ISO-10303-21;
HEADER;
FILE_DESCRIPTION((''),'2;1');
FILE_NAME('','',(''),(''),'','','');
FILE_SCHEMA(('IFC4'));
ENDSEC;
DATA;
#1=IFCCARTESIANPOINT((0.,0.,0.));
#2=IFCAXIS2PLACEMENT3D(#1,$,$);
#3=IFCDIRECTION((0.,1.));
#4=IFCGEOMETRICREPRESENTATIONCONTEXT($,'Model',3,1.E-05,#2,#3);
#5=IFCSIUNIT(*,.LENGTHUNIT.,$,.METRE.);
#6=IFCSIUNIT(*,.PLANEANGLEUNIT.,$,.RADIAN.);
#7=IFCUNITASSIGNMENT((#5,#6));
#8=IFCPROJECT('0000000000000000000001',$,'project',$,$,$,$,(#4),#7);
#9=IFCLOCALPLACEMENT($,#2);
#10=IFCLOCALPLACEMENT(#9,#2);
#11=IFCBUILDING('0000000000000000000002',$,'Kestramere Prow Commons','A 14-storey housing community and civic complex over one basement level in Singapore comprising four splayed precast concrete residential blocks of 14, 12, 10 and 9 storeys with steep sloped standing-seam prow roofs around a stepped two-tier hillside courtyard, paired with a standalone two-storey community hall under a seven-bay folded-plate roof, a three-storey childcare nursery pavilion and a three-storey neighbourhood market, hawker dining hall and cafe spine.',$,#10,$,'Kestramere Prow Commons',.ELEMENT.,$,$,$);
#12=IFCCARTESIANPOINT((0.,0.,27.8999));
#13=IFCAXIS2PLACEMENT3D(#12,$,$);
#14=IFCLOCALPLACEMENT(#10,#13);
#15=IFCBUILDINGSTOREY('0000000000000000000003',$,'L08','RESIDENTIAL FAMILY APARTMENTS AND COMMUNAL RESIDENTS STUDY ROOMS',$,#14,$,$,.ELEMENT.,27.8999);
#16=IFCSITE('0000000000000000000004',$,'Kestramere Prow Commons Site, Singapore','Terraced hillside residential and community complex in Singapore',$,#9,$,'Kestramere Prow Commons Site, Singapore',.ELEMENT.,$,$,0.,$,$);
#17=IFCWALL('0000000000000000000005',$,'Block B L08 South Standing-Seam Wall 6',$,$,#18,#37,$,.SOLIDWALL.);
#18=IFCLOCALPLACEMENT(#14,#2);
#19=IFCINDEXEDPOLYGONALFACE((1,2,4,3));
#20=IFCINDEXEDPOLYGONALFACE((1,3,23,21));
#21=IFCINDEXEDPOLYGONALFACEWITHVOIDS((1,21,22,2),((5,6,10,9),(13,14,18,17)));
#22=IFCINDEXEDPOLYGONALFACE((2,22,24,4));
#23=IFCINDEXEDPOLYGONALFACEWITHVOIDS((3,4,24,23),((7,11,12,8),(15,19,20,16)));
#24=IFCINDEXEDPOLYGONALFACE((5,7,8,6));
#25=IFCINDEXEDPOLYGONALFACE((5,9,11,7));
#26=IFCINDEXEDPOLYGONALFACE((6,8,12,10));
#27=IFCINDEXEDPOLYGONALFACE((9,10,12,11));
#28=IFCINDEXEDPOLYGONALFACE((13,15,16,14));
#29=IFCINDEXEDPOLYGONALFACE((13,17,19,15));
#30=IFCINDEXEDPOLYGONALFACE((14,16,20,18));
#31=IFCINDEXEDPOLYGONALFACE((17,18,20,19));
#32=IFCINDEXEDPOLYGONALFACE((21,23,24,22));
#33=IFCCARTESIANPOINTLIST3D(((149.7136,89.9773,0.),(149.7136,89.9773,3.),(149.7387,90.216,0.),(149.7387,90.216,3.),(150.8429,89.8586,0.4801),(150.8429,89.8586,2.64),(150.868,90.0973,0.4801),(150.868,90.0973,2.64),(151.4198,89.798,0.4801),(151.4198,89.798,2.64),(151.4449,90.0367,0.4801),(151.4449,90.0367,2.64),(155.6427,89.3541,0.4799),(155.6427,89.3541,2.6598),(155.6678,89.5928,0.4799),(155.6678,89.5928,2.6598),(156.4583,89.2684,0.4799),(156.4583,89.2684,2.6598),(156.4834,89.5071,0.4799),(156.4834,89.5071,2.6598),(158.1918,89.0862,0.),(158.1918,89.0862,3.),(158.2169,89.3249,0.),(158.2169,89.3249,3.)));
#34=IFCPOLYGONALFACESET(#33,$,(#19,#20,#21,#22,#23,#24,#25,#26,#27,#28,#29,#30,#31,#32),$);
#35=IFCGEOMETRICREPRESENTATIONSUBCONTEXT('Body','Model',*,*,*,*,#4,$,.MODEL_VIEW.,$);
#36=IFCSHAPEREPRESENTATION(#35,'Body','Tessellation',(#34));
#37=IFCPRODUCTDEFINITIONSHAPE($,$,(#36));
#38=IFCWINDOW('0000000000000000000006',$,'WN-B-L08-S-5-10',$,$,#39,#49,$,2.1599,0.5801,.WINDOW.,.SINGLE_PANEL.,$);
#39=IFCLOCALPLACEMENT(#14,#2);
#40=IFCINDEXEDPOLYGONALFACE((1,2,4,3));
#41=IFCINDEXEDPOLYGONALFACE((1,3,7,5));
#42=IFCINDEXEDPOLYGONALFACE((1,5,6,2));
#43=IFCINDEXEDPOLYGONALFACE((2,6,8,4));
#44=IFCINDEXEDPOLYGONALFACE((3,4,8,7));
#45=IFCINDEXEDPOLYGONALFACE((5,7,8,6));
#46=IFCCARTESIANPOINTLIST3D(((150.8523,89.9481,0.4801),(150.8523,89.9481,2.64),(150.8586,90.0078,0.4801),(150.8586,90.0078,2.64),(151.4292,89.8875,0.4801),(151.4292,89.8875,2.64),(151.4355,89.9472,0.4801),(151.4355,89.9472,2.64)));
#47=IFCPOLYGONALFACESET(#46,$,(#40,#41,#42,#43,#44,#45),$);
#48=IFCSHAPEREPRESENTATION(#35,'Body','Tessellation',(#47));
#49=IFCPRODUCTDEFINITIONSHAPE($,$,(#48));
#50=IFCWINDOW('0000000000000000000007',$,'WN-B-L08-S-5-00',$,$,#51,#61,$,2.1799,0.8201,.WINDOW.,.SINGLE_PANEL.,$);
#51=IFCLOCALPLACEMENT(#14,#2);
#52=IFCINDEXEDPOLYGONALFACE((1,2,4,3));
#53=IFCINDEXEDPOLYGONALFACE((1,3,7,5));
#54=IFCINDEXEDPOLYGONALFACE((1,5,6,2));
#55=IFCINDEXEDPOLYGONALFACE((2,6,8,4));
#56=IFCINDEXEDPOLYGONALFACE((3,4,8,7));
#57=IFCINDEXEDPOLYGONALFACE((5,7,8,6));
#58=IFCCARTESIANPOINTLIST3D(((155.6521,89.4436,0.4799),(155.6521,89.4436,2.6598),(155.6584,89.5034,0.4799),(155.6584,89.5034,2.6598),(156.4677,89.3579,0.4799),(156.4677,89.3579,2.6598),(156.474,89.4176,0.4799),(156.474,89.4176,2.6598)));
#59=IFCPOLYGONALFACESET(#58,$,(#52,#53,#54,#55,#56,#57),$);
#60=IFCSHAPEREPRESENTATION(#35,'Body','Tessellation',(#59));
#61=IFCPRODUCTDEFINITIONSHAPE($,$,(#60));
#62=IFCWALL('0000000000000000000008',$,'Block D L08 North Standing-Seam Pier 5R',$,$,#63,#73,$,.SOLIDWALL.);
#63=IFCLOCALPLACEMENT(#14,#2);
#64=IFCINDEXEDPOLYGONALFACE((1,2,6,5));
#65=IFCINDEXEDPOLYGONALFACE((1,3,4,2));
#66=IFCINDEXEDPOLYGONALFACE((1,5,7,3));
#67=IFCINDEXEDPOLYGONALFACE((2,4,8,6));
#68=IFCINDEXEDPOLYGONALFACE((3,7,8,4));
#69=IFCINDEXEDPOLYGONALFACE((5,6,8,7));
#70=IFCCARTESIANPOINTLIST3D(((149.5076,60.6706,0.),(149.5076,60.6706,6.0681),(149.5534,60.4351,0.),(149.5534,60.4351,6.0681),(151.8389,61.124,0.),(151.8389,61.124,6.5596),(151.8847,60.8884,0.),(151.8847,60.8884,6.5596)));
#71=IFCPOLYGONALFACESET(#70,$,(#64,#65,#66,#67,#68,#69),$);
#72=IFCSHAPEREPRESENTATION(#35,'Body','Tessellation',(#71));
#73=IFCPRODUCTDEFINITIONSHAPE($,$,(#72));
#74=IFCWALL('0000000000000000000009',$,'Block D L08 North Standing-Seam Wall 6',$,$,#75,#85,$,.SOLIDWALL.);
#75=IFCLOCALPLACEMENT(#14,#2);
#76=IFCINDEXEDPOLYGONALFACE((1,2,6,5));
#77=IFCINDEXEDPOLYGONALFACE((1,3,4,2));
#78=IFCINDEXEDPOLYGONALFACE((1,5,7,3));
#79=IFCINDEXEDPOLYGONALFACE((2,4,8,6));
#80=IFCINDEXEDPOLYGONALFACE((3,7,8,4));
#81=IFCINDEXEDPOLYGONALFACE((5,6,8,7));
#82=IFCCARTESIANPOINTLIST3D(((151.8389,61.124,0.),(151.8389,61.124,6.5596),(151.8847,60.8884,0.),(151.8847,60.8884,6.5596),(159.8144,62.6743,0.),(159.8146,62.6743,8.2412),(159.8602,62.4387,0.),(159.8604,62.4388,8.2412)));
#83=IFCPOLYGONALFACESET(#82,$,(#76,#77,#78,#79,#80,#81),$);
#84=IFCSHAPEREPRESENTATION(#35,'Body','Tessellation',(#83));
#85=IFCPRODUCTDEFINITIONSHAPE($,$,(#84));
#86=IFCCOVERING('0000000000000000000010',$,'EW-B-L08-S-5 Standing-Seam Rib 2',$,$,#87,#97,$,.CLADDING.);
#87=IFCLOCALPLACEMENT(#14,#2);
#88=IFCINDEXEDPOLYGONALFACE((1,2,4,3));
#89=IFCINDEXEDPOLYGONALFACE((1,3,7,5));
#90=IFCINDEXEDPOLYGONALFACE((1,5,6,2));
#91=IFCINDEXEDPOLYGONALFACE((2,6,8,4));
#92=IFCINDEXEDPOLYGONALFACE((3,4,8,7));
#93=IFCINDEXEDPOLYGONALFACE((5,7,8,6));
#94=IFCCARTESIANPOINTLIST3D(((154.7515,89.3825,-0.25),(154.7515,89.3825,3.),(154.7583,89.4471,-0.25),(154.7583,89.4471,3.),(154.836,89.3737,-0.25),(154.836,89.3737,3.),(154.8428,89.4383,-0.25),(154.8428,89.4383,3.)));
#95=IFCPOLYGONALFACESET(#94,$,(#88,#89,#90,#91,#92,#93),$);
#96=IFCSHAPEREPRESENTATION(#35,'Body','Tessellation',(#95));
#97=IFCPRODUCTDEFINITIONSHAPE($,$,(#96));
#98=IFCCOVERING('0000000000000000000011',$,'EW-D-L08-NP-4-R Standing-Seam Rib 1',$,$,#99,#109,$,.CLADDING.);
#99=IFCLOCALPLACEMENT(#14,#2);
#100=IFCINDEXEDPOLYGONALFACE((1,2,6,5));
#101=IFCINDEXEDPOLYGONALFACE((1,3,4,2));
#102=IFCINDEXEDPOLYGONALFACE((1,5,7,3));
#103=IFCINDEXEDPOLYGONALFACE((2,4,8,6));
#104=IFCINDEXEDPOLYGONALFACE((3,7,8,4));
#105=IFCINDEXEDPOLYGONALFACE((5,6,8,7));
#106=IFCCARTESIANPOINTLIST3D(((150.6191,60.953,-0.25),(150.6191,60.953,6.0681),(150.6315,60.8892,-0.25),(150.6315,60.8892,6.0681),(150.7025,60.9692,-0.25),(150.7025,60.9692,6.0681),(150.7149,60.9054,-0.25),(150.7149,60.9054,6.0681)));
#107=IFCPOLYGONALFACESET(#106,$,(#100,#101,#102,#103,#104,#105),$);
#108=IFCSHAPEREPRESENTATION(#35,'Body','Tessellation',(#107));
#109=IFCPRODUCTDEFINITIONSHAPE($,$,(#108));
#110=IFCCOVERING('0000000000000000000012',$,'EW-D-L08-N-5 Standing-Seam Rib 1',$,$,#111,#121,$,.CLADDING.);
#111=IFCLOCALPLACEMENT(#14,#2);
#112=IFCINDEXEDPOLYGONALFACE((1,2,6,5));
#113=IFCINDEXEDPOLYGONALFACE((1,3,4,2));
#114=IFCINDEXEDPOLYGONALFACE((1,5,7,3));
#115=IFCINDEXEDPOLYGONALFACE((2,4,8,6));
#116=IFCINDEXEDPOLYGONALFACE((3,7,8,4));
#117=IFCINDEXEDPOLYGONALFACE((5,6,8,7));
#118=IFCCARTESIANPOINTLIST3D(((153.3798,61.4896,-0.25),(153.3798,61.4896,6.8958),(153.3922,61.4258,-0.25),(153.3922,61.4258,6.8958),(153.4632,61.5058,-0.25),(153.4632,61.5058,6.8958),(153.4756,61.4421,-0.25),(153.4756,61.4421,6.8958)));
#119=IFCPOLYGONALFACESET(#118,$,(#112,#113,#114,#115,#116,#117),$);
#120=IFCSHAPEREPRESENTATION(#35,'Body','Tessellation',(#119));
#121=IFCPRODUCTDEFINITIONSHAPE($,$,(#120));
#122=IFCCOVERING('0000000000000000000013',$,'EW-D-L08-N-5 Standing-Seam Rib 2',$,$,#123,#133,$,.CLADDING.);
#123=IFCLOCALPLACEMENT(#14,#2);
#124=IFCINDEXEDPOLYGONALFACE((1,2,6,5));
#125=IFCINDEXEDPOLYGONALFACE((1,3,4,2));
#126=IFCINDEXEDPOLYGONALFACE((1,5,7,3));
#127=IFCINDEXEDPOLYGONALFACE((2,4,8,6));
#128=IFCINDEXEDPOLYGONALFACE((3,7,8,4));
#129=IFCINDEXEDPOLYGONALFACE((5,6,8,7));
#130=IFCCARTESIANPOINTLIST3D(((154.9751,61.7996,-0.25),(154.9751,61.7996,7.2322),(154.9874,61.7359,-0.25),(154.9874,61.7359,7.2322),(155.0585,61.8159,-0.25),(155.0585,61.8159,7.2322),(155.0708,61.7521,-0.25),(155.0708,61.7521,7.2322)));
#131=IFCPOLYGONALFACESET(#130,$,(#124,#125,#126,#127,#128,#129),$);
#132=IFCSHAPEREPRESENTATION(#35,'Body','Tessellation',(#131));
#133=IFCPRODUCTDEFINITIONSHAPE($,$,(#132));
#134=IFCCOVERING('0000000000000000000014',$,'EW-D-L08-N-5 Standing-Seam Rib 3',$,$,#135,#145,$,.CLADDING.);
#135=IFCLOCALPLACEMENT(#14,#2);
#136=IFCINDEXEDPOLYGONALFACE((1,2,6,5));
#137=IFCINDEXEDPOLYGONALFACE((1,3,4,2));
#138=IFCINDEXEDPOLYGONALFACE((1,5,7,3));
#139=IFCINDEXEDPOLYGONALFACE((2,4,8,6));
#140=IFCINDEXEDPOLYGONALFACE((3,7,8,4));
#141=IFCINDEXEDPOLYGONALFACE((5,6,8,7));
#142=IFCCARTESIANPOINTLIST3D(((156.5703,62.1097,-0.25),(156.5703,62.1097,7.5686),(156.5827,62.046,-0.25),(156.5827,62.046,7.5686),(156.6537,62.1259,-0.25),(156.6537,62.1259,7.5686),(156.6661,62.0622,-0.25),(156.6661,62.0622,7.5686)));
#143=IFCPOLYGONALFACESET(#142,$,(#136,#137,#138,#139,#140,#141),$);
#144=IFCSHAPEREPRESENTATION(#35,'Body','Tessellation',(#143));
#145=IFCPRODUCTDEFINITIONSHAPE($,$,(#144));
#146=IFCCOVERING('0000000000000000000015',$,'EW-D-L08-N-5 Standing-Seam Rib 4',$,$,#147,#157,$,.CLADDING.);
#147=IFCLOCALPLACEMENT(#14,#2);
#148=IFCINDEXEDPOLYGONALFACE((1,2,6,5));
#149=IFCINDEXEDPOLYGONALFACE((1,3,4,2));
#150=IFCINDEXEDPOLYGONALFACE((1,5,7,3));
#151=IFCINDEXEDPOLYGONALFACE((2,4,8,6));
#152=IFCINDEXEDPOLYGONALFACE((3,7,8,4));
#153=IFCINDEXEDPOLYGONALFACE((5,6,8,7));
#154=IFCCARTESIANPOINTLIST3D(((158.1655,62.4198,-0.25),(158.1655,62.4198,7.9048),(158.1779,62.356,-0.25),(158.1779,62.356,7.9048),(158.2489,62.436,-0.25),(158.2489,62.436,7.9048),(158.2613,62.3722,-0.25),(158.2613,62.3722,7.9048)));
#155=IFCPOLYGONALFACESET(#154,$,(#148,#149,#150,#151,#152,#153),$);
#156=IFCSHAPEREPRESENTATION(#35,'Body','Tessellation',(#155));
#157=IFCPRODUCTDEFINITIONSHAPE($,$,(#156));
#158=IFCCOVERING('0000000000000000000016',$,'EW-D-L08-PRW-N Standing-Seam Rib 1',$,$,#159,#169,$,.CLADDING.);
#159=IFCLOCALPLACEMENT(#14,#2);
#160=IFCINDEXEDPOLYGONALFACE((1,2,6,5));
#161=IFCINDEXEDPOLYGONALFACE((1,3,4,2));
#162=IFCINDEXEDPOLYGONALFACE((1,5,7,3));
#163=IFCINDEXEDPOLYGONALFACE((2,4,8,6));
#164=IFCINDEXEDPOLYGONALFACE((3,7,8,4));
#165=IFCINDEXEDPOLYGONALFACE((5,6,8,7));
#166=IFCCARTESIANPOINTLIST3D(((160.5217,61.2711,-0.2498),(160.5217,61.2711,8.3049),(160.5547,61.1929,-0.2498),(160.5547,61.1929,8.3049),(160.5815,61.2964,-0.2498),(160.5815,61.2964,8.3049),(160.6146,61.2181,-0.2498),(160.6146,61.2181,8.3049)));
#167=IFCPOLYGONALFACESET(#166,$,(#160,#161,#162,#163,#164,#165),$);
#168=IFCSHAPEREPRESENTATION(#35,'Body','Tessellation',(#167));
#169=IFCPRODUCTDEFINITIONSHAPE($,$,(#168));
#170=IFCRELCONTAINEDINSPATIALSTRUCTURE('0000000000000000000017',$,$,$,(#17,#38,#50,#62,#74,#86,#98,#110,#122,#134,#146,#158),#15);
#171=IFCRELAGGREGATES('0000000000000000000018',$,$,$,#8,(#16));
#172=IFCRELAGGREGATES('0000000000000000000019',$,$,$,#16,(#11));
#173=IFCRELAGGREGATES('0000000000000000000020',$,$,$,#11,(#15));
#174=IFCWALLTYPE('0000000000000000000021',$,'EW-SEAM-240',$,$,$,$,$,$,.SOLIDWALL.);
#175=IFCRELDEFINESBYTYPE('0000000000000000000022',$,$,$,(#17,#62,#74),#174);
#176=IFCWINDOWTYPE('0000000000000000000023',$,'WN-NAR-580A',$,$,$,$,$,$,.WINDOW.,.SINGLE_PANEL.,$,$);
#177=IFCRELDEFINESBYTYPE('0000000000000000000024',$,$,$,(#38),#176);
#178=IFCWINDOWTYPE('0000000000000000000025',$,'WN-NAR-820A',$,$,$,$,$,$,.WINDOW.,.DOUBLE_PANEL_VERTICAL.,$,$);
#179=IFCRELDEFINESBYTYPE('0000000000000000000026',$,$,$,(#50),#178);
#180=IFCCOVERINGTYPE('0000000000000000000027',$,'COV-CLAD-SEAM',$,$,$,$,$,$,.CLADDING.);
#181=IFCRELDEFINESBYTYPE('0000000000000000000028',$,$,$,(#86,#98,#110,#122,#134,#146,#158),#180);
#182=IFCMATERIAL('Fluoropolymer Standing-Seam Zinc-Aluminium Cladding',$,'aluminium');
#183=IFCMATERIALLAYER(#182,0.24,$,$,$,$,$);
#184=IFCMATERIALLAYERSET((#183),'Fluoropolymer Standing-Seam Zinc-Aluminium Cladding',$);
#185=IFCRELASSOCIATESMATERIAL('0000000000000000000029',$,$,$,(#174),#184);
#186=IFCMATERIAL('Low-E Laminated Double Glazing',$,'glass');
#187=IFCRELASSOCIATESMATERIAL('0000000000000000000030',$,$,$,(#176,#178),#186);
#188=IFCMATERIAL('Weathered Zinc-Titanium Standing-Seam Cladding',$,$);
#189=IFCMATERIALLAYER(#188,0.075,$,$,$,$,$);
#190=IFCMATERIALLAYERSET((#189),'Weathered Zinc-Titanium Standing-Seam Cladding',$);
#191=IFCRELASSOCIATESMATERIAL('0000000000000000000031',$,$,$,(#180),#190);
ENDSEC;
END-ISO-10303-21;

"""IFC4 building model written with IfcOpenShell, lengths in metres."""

from ifc_helpers import new_model, si_unit, direction, frame, frame_2d, origin, origin_2d, place, context, subcontext, project, spatial, polyline, rectangle, outline, extrude, material, layer, layer_set, type_object, element, fill, save


model = new_model("IFC4")

# Units and contexts
model_context = context("Model", 3, precision=1e-05, world=origin(), true_north=direction((0.0, 1.0)))
body_context = subcontext(model_context, "Body", "Model", "MODEL_VIEW")
ifc_project = project(units=[si_unit("LENGTHUNIT", "METRE"), si_unit("PLANEANGLEUNIT", "RADIAN")], contexts=[model_context])

# Site, building, storey
site_placement = place(None, origin())
site = spatial("IfcSite", under=ifc_project, at=site_placement, Name="Kestramere Prow Commons Site, Singapore", Description="Terraced hillside residential and community complex in Singapore", LongName="Kestramere Prow Commons Site, Singapore", CompositionType="ELEMENT", RefElevation=0.0)
building_placement = place(site_placement, origin())
building = spatial("IfcBuilding", under=site, at=building_placement, Name="Kestramere Prow Commons", Description="A 14-storey housing community and civic complex over one basement level in Singapore comprising four splayed precast concrete residential blocks of 14, 12, 10 and 9 storeys with steep sloped standing-seam prow roofs around a stepped two-tier hillside courtyard, paired with a standalone two-storey community hall under a seven-bay folded-plate roof, a three-storey childcare nursery pavilion and a three-storey neighbourhood market, hawker dining hall and cafe spine.", LongName="Kestramere Prow Commons", CompositionType="ELEMENT")
storey_placement = place(building_placement, frame((0.0, 0.0, 27.8999)))
storey = spatial("IfcBuildingStorey", under=building, at=storey_placement, Name="L08", Description="RESIDENTIAL FAMILY APARTMENTS AND COMMUNAL RESIDENTS STUDY ROOMS", CompositionType="ELEMENT", Elevation=27.8999)

# Wall, openings, windows
ifc_material_1 = material(Name="Weathered Zinc-Titanium Standing-Seam Cladding")
ifc_material_2 = material(Name="Low-E Laminated Double Glazing", Category="glass")
ifc_material_3 = material(Name="Fluoropolymer Standing-Seam Zinc-Aluminium Cladding", Category="aluminium")
ifc_layer_1 = layer(ifc_material_3, 0.24)
ifc_layer_set_1 = layer_set([ifc_layer_1], Name="Fluoropolymer Standing-Seam Zinc-Aluminium Cladding")
wall_type_1 = type_object("IfcWallType", Name="EW-SEAM-240", PredefinedType="SOLIDWALL", material=ifc_layer_set_1)
wall_1_placement = place(storey_placement, frame((158.2043, 89.2056, 0.0), z_axis=(0.0, 0.0, 1.0), x_axis=(-0.994522, 0.10453, 0.0)))
wall_1 = element("IfcWall", 1, at=wall_1_placement, inside=storey, type_object=wall_type_1, Name="Block B L08 South Standing-Seam Wall 6", PredefinedType="SOLIDWALL", context=body_context, shape_type="SweptSolid", body=[
    extrude(rectangle(XDim=8.5249, YDim=0.24, at=frame_2d((4.2625, 0.0))), origin(), (0.0, 0.0, 1.0), 3.0),
])
opening_1_placement = place(wall_1_placement, frame((1.7429, 0.0, 0.48)))
opening_1 = element("IfcOpeningElement", 2, at=opening_1_placement, cuts=wall_1, PredefinedType="OPENING", context=body_context, shape_type="SweptSolid", body=[
    extrude(rectangle(XDim=0.8201, YDim=2.1799, at=frame_2d((0.4102, 1.0898))), frame((0.0, 0.135, 0.0), z_axis=(0.0, -1.0, 0.0), x_axis=(1.0, 0.0, 0.0)), (0.0, 0.0, 1.0), 0.27),
])
opening_2_placement = place(wall_1_placement, frame((6.8093, 0.0, 0.48)))
opening_2 = element("IfcOpeningElement", 3, at=opening_2_placement, cuts=wall_1, PredefinedType="OPENING", context=body_context, shape_type="SweptSolid", body=[
    extrude(rectangle(XDim=0.5801, YDim=2.1599, at=frame_2d((0.29, 1.0801))), frame((0.0, 0.135, 0.0), z_axis=(0.0, -1.0, 0.0), x_axis=(1.0, 0.0, 0.0)), (0.0, 0.0, 1.0), 0.27),
])
window_type_1 = type_object("IfcWindowType", Name="WN-NAR-580A", PartitioningType="SINGLE_PANEL", PredefinedType="WINDOW", material=ifc_material_2)
window_1_placement = place(opening_2_placement, origin())
window_1 = element("IfcWindow", 4, at=window_1_placement, inside=storey, type_object=window_type_1, Name="WN-B-L08-S-5-10", OverallHeight=2.1599, OverallWidth=0.5801, PartitioningType="SINGLE_PANEL", PredefinedType="WINDOW", context=body_context, shape_type="SweptSolid", body=[
    extrude(rectangle(XDim=0.5801, YDim=2.1599, at=frame_2d((0.29, 1.0801))), frame((0.0, 0.03, 0.0), z_axis=(0.0, -1.0, 0.0), x_axis=(1.0, 0.0, 0.0)), (0.0, 0.0, 1.0), 0.0601),
])
fill(opening_2, window_1)
window_type_2 = type_object("IfcWindowType", Name="WN-NAR-820A", PartitioningType="DOUBLE_PANEL_VERTICAL", PredefinedType="WINDOW", material=ifc_material_2)
window_2_placement = place(opening_1_placement, origin())
window_2 = element("IfcWindow", 5, at=window_2_placement, inside=storey, type_object=window_type_2, Name="WN-B-L08-S-5-00", OverallHeight=2.1799, OverallWidth=0.8201, PartitioningType="SINGLE_PANEL", PredefinedType="WINDOW", context=body_context, shape_type="SweptSolid", body=[
    extrude(rectangle(XDim=0.8201, YDim=2.1799, at=frame_2d((0.4102, 1.0898))), frame((0.0, 0.03, 0.0), z_axis=(0.0, -1.0, 0.0), x_axis=(1.0, 0.0, 0.0)), (0.0, 0.0, 1.0), 0.0601),
])
fill(opening_1, window_2)

# Walls
wall_2_placement = place(storey_placement, frame((149.5305, 60.5527, 0.0), z_axis=(0.0, 0.0, 1.0), x_axis=(0.981611, 0.190894, 0.0)))
element("IfcWall", 6, at=wall_2_placement, inside=storey, type_object=wall_type_1, Name="Block D L08 North Standing-Seam Pier 5R", PredefinedType="SOLIDWALL", context=body_context, shape_type="SweptSolid", body=[
    extrude(outline(polyline([(0.0, 0.0), (2.375, 0.0), (2.375, 6.5596), (0.0, 6.0681), (0.0, 0.0)])), frame((0.0, 0.1201, 0.0), z_axis=(0.0, -1.0, 0.0), x_axis=(1.0, 0.0, 0.0)), (0.0, 0.0, 1.0), 0.24),
])
wall_3_placement = place(storey_placement, frame((151.8618, 61.0061, 0.0), z_axis=(0.0, 0.0, 1.0), x_axis=(0.981627, 0.190809, 0.0)))
element("IfcWall", 7, at=wall_3_placement, inside=storey, type_object=wall_type_1, Name="Block D L08 North Standing-Seam Wall 6", PredefinedType="SOLIDWALL", context=body_context, shape_type="SweptSolid", body=[
    extrude(outline(polyline([(0.0, 0.0), (8.1248, 0.0), (8.125, 8.2412), (0.0, 6.5596), (0.0, 0.0)])), frame((0.0, 0.1201, 0.0), z_axis=(0.0, -1.0, 0.0), x_axis=(1.0, 0.0, 0.0)), (0.0, 0.0, 1.0), 0.24),
])

# Coverings
ifc_layer_2 = layer(ifc_material_1, 0.075)
ifc_layer_set_2 = layer_set([ifc_layer_2], Name="Weathered Zinc-Titanium Standing-Seam Cladding")
covering_type = type_object("IfcCoveringType", Name="COV-CLAD-SEAM", PredefinedType="CLADDING", material=ifc_layer_set_2)
covering_1_placement = place(storey_placement, frame((154.7971, 89.4104, -0.25), z_axis=(0.0, 0.0, 1.0), x_axis=(-0.994522, 0.104528, 0.0)))
element("IfcCovering", 8, at=covering_1_placement, inside=storey, type_object=covering_type, Name="EW-B-L08-S-5 Standing-Seam Rib 2", PredefinedType="CLADDING", context=body_context, shape_type="SweptSolid", body=[
    extrude(rectangle(XDim=0.085, YDim=0.0649, at=origin_2d()), origin(), (0.0, 0.0, 1.0), 3.25),
])
covering_2_placement = place(storey_placement, frame((150.667, 60.9292, -0.25), z_axis=(0.0, 0.0, 1.0), x_axis=(0.981627, 0.190809, 0.0)))
element("IfcCovering", 9, at=covering_2_placement, inside=storey, type_object=covering_type, Name="EW-D-L08-NP-4-R Standing-Seam Rib 1", PredefinedType="CLADDING", context=body_context, shape_type="SweptSolid", body=[
    extrude(rectangle(XDim=0.085, YDim=0.0649, at=origin_2d()), origin(), (0.0, 0.0, 1.0), 6.3181),
])
covering_3_placement = place(storey_placement, frame((153.4277, 61.4658, -0.25), z_axis=(0.0, 0.0, 1.0), x_axis=(0.981627, 0.190809, 0.0)))
element("IfcCovering", 10, at=covering_3_placement, inside=storey, type_object=covering_type, Name="EW-D-L08-N-5 Standing-Seam Rib 1", PredefinedType="CLADDING", context=body_context, shape_type="SweptSolid", body=[
    extrude(rectangle(XDim=0.085, YDim=0.0649, at=origin_2d()), origin(), (0.0, 0.0, 1.0), 7.1458),
])
covering_4_placement = place(storey_placement, frame((155.0229, 61.7759, -0.25), z_axis=(0.0, 0.0, 1.0), x_axis=(0.981627, 0.190809, 0.0)))
element("IfcCovering", 11, at=covering_4_placement, inside=storey, type_object=covering_type, Name="EW-D-L08-N-5 Standing-Seam Rib 2", PredefinedType="CLADDING", context=body_context, shape_type="SweptSolid", body=[
    extrude(rectangle(XDim=0.085, YDim=0.0649, at=origin_2d()), origin(), (0.0, 0.0, 1.0), 7.4822),
])
covering_5_placement = place(storey_placement, frame((156.6182, 62.0859, -0.25), z_axis=(0.0, 0.0, 1.0), x_axis=(0.981627, 0.190809, 0.0)))
element("IfcCovering", 12, at=covering_5_placement, inside=storey, type_object=covering_type, Name="EW-D-L08-N-5 Standing-Seam Rib 3", PredefinedType="CLADDING", context=body_context, shape_type="SweptSolid", body=[
    extrude(rectangle(XDim=0.085, YDim=0.0649, at=origin_2d()), origin(), (0.0, 0.0, 1.0), 7.8186),
])
covering_6_placement = place(storey_placement, frame((158.2134, 62.396, -0.25), z_axis=(0.0, 0.0, 1.0), x_axis=(0.981627, 0.190809, 0.0)))
element("IfcCovering", 13, at=covering_6_placement, inside=storey, type_object=covering_type, Name="EW-D-L08-N-5 Standing-Seam Rib 4", PredefinedType="CLADDING", context=body_context, shape_type="SweptSolid", body=[
    extrude(rectangle(XDim=0.085, YDim=0.0649, at=origin_2d()), origin(), (0.0, 0.0, 1.0), 8.1548),
])
covering_7_placement = place(storey_placement, frame((160.5681, 61.2446, -0.2498), z_axis=(0.0, 0.0, 1.0), x_axis=(0.38922, -0.921145, 0.0)))
element("IfcCovering", 14, at=covering_7_placement, inside=storey, type_object=covering_type, Name="EW-D-L08-PRW-N Standing-Seam Rib 1", PredefinedType="CLADDING", context=body_context, shape_type="SweptSolid", body=[
    extrude(rectangle(XDim=0.085, YDim=0.0649, at=origin_2d()), origin(), (0.0, 0.0, 1.0), 8.5547),
])

save(model, "model.ifc")
